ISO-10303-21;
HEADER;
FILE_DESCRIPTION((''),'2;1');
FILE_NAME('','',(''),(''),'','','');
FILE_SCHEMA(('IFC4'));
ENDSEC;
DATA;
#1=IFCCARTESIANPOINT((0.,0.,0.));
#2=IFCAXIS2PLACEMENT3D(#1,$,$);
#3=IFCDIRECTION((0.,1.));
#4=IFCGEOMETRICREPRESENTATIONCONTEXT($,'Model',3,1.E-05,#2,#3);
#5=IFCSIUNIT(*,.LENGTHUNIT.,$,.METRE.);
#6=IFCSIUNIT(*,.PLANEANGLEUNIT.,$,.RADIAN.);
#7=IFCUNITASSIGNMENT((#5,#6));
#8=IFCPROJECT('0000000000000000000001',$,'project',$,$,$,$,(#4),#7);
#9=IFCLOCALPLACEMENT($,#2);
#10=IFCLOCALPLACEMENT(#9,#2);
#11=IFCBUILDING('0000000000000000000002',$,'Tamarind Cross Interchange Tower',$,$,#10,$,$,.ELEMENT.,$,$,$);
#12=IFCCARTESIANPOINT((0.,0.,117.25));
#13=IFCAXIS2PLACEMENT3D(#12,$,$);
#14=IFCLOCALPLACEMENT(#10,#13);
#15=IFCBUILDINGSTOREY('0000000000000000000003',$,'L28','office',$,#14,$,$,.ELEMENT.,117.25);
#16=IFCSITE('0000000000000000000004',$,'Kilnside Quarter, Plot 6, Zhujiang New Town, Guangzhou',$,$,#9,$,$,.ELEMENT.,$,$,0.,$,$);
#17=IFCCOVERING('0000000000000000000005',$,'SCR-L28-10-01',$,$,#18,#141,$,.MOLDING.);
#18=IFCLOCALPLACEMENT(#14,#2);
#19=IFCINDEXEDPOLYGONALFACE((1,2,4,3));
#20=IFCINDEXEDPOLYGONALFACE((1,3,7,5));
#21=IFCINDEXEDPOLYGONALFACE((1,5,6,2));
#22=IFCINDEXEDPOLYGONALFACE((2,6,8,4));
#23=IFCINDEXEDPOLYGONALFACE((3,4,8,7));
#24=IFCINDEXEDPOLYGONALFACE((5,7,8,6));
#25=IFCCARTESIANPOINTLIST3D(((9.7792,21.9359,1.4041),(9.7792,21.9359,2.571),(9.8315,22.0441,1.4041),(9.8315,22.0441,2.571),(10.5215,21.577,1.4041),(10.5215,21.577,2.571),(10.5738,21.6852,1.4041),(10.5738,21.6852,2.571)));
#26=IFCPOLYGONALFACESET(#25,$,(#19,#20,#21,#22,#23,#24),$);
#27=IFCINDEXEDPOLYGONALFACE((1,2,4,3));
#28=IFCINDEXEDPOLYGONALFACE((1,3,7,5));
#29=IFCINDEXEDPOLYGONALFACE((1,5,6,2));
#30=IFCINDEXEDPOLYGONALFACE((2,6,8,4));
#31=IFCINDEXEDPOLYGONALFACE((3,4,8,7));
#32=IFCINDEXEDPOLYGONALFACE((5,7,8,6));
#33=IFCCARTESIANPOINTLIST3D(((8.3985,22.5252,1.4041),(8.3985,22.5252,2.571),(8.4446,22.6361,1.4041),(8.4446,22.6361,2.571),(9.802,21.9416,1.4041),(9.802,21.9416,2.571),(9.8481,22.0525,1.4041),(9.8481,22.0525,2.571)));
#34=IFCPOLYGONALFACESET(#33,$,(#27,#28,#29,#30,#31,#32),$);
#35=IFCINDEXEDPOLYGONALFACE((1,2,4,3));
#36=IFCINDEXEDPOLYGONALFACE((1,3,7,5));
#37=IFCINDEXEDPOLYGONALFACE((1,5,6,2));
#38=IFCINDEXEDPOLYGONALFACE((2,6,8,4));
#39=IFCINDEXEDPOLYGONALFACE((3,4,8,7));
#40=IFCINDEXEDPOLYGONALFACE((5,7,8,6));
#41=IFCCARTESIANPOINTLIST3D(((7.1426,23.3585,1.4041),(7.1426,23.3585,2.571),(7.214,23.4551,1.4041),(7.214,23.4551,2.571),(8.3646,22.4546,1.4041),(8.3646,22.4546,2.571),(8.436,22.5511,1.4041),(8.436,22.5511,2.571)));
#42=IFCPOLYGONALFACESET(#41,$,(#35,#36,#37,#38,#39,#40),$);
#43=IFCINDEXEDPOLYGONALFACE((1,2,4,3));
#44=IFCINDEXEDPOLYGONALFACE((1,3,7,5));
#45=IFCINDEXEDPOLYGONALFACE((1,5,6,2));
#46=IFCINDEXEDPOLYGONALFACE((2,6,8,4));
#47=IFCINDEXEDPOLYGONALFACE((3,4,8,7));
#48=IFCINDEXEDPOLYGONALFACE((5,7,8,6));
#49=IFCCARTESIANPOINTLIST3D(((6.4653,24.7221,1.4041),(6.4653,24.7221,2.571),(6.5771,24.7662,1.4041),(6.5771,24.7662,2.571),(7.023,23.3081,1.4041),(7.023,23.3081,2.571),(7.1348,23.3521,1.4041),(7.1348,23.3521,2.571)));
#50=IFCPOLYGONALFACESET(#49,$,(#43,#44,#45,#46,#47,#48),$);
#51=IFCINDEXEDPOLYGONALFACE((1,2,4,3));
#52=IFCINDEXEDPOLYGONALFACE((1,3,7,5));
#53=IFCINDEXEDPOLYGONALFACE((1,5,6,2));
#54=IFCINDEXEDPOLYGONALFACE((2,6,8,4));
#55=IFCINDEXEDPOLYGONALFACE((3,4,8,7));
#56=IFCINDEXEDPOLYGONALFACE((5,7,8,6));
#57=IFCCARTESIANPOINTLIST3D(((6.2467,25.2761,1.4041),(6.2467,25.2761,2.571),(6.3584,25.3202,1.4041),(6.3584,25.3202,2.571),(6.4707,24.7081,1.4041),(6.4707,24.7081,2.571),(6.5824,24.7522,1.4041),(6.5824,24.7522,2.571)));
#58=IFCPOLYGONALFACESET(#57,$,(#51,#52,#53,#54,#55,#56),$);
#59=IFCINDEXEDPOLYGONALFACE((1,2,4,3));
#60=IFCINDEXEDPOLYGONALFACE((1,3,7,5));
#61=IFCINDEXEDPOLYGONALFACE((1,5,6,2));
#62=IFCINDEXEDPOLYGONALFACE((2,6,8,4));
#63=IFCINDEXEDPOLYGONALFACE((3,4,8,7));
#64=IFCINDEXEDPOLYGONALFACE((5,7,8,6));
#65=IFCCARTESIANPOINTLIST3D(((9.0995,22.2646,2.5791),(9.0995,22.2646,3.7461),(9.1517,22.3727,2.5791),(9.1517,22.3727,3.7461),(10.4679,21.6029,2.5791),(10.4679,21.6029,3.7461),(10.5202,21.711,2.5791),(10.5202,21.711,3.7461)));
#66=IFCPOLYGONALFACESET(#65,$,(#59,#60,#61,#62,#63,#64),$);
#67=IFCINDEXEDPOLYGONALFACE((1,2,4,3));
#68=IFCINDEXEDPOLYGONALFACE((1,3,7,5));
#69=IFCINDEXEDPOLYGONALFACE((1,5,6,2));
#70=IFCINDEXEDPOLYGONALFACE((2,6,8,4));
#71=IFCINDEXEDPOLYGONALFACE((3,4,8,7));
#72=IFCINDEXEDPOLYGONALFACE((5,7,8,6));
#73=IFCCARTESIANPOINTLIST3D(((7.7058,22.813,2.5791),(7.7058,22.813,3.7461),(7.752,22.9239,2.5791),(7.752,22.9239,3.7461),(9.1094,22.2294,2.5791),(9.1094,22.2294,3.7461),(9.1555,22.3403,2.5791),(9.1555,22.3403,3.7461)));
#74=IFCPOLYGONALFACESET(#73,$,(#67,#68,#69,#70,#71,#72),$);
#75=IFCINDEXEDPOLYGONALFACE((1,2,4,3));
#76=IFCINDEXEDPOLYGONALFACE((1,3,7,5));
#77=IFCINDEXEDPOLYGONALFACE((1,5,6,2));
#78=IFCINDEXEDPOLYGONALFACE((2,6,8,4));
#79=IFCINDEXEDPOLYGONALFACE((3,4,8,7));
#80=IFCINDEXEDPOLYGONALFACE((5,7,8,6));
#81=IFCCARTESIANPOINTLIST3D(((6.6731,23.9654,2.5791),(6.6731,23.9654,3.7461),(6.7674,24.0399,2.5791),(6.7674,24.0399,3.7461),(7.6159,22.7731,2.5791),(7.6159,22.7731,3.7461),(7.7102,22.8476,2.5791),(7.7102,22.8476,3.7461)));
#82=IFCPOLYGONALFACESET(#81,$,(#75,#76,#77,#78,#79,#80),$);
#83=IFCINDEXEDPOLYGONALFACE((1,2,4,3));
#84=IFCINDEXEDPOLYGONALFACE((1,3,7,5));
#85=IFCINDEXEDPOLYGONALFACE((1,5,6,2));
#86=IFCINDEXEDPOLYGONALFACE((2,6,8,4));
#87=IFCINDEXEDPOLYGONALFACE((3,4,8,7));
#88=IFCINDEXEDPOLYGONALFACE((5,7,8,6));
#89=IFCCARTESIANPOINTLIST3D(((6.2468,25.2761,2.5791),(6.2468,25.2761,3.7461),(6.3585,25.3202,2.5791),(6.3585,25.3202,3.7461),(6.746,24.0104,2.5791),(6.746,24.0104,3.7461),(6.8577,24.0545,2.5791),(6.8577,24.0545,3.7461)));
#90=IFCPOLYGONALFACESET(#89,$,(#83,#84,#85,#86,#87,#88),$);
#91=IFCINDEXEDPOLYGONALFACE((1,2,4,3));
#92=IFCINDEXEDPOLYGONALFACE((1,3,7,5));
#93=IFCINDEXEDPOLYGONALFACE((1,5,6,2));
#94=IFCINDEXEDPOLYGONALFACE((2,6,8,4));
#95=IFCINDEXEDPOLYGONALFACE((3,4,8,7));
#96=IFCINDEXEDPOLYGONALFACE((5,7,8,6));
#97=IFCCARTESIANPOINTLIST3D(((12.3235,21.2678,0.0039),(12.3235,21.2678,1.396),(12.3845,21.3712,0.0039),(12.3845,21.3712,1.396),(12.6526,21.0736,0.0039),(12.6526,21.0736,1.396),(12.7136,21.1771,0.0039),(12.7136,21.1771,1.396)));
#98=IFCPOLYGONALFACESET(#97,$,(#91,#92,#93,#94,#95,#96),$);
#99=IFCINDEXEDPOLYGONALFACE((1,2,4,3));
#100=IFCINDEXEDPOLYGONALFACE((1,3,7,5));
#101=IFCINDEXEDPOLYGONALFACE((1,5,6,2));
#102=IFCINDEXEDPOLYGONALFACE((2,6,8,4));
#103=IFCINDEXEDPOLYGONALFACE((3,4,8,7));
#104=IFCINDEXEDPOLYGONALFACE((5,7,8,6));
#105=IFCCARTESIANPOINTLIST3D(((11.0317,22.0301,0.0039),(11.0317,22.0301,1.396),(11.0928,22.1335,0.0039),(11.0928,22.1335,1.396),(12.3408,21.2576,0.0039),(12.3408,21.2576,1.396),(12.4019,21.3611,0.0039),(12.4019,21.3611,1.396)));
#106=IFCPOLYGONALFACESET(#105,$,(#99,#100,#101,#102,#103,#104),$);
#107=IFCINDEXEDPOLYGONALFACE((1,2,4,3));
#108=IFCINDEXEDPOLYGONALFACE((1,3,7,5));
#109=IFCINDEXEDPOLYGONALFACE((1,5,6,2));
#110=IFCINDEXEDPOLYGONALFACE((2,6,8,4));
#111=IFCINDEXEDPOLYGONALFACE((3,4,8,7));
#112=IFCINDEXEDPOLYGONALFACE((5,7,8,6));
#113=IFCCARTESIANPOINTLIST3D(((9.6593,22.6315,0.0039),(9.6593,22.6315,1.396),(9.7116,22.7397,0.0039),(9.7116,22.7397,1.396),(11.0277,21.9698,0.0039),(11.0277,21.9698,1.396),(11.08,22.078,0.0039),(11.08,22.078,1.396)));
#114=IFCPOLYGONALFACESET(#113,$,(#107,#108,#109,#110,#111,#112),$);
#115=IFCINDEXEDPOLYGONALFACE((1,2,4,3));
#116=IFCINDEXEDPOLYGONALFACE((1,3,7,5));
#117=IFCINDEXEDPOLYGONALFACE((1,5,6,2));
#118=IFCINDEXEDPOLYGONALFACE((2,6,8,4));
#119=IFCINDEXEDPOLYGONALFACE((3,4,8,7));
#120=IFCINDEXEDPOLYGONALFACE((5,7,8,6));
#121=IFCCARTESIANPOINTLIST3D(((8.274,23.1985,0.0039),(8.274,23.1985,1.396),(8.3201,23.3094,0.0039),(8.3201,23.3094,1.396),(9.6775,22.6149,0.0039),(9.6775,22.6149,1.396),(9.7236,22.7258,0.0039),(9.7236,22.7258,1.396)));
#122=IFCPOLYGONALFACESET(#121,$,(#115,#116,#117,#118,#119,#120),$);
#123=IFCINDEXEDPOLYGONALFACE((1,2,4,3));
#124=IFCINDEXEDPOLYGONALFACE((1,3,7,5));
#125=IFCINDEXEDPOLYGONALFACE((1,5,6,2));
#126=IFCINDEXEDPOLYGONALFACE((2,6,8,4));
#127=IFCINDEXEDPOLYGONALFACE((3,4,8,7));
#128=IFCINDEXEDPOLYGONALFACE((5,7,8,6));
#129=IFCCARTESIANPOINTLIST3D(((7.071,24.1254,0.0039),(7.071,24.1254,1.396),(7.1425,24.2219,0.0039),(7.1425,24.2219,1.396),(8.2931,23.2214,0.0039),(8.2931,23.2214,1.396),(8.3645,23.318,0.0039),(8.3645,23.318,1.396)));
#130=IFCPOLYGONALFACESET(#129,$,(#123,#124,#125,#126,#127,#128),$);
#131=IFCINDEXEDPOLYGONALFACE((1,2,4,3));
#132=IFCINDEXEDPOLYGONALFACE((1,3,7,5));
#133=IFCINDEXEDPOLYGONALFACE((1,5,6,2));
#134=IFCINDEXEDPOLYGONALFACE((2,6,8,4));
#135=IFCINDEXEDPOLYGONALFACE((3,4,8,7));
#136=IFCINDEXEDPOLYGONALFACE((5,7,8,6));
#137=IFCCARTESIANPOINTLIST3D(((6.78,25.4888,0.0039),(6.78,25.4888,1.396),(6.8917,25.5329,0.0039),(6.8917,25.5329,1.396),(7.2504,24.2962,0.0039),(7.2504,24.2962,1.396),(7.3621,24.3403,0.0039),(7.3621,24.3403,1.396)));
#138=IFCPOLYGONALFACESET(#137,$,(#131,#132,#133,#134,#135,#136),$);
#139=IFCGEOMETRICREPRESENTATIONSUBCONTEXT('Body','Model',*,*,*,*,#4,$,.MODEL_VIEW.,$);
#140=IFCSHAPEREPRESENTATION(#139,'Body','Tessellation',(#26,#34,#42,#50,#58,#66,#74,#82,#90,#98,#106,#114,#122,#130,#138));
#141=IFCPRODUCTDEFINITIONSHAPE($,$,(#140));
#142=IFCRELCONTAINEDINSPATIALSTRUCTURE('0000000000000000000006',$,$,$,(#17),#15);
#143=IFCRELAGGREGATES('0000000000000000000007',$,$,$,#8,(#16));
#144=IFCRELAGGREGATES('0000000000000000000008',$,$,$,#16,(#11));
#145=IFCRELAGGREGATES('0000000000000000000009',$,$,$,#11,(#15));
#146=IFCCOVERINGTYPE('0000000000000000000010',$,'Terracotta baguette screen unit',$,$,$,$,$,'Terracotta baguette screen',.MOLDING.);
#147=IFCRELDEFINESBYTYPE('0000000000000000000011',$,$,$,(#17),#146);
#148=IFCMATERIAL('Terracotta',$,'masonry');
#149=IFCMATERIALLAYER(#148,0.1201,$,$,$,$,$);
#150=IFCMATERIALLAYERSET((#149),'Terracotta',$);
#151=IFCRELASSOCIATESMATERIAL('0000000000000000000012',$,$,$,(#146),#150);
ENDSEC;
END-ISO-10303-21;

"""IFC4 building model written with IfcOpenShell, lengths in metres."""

from ifc_helpers import new_model, si_unit, direction, frame, origin, origin_2d, place, context, subcontext, project, spatial, rectangle, extrude, material, layer, layer_set, type_object, element, save


model = new_model("IFC4")

# Units and contexts
model_context = context("Model", 3, precision=1e-05, world=origin(), true_north=direction((0.0, 1.0)))
body_context = subcontext(model_context, "Body", "Model", "MODEL_VIEW")
ifc_project = project(units=[si_unit("LENGTHUNIT", "METRE"), si_unit("PLANEANGLEUNIT", "RADIAN")], contexts=[model_context])

# Site, building, storey
site_placement = place(None, origin())
site = spatial("IfcSite", under=ifc_project, at=site_placement, Name="Kilnside Quarter, Plot 6, Zhujiang New Town, Guangzhou", CompositionType="ELEMENT", RefElevation=0.0)
building_placement = place(site_placement, origin())
building = spatial("IfcBuilding", under=site, at=building_placement, Name="Tamarind Cross Interchange Tower", CompositionType="ELEMENT")
storey_placement = place(building_placement, frame((0.0, 0.0, 117.25)))
storey = spatial("IfcBuildingStorey", under=building, at=storey_placement, Name="L28", Description="office", CompositionType="ELEMENT", Elevation=117.25)

# Covering
ifc_material_1 = material(Name="Terracotta", Category="masonry")
ifc_layer_1 = layer(ifc_material_1, 0.1201)
ifc_layer_set_1 = layer_set([ifc_layer_1], Name="Terracotta")
covering_type = type_object("IfcCoveringType", Name="Terracotta baguette screen unit", ElementType="Terracotta baguette screen", PredefinedType="MOLDING", material=ifc_layer_set_1)
covering_1_placement = place(storey_placement, origin())
element("IfcCovering", 1, at=covering_1_placement, inside=storey, type_object=covering_type, Name="SCR-L28-10-01", PredefinedType="MOLDING", context=body_context, shape_type="SweptSolid", body=[
    extrude(rectangle(XDim=0.8245, YDim=0.1201, at=origin_2d()), frame((10.1765, 21.8105, 1.4041), z_axis=(0.0, 0.0, 1.0), x_axis=(-0.900273, 0.435326, 0.0)), (0.0, 0.0, 1.0), 1.167),
    extrude(rectangle(XDim=1.52, YDim=0.1201, at=origin_2d()), frame((9.1233, 22.2888, 1.4041), z_axis=(0.0, 0.0, 1.0), x_axis=(-0.923362, 0.38393, 0.0)), (0.0, 0.0, 1.0), 1.167),
    extrude(rectangle(XDim=1.52, YDim=0.1201, at=origin_2d()), frame((7.7893, 22.9548, 1.4041), z_axis=(0.0, 0.0, 1.0), x_axis=(-0.803956, 0.594689, 0.0)), (0.0, 0.0, 1.0), 1.167),
    extrude(rectangle(XDim=1.52, YDim=0.1201, at=origin_2d()), frame((6.8, 24.0371, 1.4041), z_axis=(0.0, 0.0, 1.0), x_axis=(-0.3669, 0.93026, 0.0)), (0.0, 0.0, 1.0), 1.167),
    extrude(rectangle(XDim=0.6106, YDim=0.1201, at=origin_2d()), frame((6.4146, 25.0142, 1.4041), z_axis=(0.0, 0.0, 1.0), x_axis=(-0.3669, 0.93026, 0.0)), (0.0, 0.0, 1.0), 1.167),
    extrude(rectangle(XDim=1.52, YDim=0.1201, at=origin_2d()), frame((9.8098, 21.9878, 2.5791), z_axis=(0.0, 0.0, 1.0), x_axis=(-0.900273, 0.435326, 0.0)), (0.0, 0.0, 1.0), 1.167),
    extrude(rectangle(XDim=1.52, YDim=0.1201, at=origin_2d()), frame((8.4307, 22.5767, 2.5791), z_axis=(0.0, 0.0, 1.0), x_axis=(-0.923362, 0.38393, 0.0)), (0.0, 0.0, 1.0), 1.167),
    extrude(rectangle(XDim=1.52, YDim=0.1201, at=origin_2d()), frame((7.1917, 23.4065, 2.5791), z_axis=(0.0, 0.0, 1.0), x_axis=(-0.620257, 0.784399, 0.0)), (0.0, 0.0, 1.0), 1.167),
    extrude(rectangle(XDim=1.3606, YDim=0.1201, at=origin_2d()), frame((6.5522, 24.6653, 2.5791), z_axis=(0.0, 0.0, 1.0), x_axis=(-0.3669, 0.93026, 0.0)), (0.0, 0.0, 1.0), 1.167),
    extrude(rectangle(XDim=0.3821, YDim=0.1201, at=origin_2d()), frame((12.5186, 21.2224, 0.0039), z_axis=(0.0, 0.0, 1.0), x_axis=(-0.861249, 0.508183, 0.0)), (0.0, 0.0, 1.0), 1.3921),
    extrude(rectangle(XDim=1.52, YDim=0.1201, at=origin_2d()), frame((11.7168, 21.6956, 0.0039), z_axis=(0.0, 0.0, 1.0), x_axis=(-0.861249, 0.508183, 0.0)), (0.0, 0.0, 1.0), 1.3921),
    extrude(rectangle(XDim=1.52, YDim=0.1201, at=origin_2d()), frame((10.3696, 22.3547, 0.0039), z_axis=(0.0, 0.0, 1.0), x_axis=(-0.900273, 0.435326, 0.0)), (0.0, 0.0, 1.0), 1.3921),
    extrude(rectangle(XDim=1.52, YDim=0.1201, at=origin_2d()), frame((8.9988, 22.9622, 0.0039), z_axis=(0.0, 0.0, 1.0), x_axis=(-0.923362, 0.38393, 0.0)), (0.0, 0.0, 1.0), 1.3921),
    extrude(rectangle(XDim=1.52, YDim=0.1201, at=origin_2d()), frame((7.7178, 23.7217, 0.0039), z_axis=(0.0, 0.0, 1.0), x_axis=(-0.803956, 0.594689, 0.0)), (0.0, 0.0, 1.0), 1.3921),
    extrude(rectangle(XDim=1.282, YDim=0.1201, at=origin_2d()), frame((7.071, 24.9146, 0.0039), z_axis=(0.0, 0.0, 1.0), x_axis=(-0.3669, 0.93026, 0.0)), (0.0, 0.0, 1.0), 1.3921),
])

save(model, "model.ifc")
